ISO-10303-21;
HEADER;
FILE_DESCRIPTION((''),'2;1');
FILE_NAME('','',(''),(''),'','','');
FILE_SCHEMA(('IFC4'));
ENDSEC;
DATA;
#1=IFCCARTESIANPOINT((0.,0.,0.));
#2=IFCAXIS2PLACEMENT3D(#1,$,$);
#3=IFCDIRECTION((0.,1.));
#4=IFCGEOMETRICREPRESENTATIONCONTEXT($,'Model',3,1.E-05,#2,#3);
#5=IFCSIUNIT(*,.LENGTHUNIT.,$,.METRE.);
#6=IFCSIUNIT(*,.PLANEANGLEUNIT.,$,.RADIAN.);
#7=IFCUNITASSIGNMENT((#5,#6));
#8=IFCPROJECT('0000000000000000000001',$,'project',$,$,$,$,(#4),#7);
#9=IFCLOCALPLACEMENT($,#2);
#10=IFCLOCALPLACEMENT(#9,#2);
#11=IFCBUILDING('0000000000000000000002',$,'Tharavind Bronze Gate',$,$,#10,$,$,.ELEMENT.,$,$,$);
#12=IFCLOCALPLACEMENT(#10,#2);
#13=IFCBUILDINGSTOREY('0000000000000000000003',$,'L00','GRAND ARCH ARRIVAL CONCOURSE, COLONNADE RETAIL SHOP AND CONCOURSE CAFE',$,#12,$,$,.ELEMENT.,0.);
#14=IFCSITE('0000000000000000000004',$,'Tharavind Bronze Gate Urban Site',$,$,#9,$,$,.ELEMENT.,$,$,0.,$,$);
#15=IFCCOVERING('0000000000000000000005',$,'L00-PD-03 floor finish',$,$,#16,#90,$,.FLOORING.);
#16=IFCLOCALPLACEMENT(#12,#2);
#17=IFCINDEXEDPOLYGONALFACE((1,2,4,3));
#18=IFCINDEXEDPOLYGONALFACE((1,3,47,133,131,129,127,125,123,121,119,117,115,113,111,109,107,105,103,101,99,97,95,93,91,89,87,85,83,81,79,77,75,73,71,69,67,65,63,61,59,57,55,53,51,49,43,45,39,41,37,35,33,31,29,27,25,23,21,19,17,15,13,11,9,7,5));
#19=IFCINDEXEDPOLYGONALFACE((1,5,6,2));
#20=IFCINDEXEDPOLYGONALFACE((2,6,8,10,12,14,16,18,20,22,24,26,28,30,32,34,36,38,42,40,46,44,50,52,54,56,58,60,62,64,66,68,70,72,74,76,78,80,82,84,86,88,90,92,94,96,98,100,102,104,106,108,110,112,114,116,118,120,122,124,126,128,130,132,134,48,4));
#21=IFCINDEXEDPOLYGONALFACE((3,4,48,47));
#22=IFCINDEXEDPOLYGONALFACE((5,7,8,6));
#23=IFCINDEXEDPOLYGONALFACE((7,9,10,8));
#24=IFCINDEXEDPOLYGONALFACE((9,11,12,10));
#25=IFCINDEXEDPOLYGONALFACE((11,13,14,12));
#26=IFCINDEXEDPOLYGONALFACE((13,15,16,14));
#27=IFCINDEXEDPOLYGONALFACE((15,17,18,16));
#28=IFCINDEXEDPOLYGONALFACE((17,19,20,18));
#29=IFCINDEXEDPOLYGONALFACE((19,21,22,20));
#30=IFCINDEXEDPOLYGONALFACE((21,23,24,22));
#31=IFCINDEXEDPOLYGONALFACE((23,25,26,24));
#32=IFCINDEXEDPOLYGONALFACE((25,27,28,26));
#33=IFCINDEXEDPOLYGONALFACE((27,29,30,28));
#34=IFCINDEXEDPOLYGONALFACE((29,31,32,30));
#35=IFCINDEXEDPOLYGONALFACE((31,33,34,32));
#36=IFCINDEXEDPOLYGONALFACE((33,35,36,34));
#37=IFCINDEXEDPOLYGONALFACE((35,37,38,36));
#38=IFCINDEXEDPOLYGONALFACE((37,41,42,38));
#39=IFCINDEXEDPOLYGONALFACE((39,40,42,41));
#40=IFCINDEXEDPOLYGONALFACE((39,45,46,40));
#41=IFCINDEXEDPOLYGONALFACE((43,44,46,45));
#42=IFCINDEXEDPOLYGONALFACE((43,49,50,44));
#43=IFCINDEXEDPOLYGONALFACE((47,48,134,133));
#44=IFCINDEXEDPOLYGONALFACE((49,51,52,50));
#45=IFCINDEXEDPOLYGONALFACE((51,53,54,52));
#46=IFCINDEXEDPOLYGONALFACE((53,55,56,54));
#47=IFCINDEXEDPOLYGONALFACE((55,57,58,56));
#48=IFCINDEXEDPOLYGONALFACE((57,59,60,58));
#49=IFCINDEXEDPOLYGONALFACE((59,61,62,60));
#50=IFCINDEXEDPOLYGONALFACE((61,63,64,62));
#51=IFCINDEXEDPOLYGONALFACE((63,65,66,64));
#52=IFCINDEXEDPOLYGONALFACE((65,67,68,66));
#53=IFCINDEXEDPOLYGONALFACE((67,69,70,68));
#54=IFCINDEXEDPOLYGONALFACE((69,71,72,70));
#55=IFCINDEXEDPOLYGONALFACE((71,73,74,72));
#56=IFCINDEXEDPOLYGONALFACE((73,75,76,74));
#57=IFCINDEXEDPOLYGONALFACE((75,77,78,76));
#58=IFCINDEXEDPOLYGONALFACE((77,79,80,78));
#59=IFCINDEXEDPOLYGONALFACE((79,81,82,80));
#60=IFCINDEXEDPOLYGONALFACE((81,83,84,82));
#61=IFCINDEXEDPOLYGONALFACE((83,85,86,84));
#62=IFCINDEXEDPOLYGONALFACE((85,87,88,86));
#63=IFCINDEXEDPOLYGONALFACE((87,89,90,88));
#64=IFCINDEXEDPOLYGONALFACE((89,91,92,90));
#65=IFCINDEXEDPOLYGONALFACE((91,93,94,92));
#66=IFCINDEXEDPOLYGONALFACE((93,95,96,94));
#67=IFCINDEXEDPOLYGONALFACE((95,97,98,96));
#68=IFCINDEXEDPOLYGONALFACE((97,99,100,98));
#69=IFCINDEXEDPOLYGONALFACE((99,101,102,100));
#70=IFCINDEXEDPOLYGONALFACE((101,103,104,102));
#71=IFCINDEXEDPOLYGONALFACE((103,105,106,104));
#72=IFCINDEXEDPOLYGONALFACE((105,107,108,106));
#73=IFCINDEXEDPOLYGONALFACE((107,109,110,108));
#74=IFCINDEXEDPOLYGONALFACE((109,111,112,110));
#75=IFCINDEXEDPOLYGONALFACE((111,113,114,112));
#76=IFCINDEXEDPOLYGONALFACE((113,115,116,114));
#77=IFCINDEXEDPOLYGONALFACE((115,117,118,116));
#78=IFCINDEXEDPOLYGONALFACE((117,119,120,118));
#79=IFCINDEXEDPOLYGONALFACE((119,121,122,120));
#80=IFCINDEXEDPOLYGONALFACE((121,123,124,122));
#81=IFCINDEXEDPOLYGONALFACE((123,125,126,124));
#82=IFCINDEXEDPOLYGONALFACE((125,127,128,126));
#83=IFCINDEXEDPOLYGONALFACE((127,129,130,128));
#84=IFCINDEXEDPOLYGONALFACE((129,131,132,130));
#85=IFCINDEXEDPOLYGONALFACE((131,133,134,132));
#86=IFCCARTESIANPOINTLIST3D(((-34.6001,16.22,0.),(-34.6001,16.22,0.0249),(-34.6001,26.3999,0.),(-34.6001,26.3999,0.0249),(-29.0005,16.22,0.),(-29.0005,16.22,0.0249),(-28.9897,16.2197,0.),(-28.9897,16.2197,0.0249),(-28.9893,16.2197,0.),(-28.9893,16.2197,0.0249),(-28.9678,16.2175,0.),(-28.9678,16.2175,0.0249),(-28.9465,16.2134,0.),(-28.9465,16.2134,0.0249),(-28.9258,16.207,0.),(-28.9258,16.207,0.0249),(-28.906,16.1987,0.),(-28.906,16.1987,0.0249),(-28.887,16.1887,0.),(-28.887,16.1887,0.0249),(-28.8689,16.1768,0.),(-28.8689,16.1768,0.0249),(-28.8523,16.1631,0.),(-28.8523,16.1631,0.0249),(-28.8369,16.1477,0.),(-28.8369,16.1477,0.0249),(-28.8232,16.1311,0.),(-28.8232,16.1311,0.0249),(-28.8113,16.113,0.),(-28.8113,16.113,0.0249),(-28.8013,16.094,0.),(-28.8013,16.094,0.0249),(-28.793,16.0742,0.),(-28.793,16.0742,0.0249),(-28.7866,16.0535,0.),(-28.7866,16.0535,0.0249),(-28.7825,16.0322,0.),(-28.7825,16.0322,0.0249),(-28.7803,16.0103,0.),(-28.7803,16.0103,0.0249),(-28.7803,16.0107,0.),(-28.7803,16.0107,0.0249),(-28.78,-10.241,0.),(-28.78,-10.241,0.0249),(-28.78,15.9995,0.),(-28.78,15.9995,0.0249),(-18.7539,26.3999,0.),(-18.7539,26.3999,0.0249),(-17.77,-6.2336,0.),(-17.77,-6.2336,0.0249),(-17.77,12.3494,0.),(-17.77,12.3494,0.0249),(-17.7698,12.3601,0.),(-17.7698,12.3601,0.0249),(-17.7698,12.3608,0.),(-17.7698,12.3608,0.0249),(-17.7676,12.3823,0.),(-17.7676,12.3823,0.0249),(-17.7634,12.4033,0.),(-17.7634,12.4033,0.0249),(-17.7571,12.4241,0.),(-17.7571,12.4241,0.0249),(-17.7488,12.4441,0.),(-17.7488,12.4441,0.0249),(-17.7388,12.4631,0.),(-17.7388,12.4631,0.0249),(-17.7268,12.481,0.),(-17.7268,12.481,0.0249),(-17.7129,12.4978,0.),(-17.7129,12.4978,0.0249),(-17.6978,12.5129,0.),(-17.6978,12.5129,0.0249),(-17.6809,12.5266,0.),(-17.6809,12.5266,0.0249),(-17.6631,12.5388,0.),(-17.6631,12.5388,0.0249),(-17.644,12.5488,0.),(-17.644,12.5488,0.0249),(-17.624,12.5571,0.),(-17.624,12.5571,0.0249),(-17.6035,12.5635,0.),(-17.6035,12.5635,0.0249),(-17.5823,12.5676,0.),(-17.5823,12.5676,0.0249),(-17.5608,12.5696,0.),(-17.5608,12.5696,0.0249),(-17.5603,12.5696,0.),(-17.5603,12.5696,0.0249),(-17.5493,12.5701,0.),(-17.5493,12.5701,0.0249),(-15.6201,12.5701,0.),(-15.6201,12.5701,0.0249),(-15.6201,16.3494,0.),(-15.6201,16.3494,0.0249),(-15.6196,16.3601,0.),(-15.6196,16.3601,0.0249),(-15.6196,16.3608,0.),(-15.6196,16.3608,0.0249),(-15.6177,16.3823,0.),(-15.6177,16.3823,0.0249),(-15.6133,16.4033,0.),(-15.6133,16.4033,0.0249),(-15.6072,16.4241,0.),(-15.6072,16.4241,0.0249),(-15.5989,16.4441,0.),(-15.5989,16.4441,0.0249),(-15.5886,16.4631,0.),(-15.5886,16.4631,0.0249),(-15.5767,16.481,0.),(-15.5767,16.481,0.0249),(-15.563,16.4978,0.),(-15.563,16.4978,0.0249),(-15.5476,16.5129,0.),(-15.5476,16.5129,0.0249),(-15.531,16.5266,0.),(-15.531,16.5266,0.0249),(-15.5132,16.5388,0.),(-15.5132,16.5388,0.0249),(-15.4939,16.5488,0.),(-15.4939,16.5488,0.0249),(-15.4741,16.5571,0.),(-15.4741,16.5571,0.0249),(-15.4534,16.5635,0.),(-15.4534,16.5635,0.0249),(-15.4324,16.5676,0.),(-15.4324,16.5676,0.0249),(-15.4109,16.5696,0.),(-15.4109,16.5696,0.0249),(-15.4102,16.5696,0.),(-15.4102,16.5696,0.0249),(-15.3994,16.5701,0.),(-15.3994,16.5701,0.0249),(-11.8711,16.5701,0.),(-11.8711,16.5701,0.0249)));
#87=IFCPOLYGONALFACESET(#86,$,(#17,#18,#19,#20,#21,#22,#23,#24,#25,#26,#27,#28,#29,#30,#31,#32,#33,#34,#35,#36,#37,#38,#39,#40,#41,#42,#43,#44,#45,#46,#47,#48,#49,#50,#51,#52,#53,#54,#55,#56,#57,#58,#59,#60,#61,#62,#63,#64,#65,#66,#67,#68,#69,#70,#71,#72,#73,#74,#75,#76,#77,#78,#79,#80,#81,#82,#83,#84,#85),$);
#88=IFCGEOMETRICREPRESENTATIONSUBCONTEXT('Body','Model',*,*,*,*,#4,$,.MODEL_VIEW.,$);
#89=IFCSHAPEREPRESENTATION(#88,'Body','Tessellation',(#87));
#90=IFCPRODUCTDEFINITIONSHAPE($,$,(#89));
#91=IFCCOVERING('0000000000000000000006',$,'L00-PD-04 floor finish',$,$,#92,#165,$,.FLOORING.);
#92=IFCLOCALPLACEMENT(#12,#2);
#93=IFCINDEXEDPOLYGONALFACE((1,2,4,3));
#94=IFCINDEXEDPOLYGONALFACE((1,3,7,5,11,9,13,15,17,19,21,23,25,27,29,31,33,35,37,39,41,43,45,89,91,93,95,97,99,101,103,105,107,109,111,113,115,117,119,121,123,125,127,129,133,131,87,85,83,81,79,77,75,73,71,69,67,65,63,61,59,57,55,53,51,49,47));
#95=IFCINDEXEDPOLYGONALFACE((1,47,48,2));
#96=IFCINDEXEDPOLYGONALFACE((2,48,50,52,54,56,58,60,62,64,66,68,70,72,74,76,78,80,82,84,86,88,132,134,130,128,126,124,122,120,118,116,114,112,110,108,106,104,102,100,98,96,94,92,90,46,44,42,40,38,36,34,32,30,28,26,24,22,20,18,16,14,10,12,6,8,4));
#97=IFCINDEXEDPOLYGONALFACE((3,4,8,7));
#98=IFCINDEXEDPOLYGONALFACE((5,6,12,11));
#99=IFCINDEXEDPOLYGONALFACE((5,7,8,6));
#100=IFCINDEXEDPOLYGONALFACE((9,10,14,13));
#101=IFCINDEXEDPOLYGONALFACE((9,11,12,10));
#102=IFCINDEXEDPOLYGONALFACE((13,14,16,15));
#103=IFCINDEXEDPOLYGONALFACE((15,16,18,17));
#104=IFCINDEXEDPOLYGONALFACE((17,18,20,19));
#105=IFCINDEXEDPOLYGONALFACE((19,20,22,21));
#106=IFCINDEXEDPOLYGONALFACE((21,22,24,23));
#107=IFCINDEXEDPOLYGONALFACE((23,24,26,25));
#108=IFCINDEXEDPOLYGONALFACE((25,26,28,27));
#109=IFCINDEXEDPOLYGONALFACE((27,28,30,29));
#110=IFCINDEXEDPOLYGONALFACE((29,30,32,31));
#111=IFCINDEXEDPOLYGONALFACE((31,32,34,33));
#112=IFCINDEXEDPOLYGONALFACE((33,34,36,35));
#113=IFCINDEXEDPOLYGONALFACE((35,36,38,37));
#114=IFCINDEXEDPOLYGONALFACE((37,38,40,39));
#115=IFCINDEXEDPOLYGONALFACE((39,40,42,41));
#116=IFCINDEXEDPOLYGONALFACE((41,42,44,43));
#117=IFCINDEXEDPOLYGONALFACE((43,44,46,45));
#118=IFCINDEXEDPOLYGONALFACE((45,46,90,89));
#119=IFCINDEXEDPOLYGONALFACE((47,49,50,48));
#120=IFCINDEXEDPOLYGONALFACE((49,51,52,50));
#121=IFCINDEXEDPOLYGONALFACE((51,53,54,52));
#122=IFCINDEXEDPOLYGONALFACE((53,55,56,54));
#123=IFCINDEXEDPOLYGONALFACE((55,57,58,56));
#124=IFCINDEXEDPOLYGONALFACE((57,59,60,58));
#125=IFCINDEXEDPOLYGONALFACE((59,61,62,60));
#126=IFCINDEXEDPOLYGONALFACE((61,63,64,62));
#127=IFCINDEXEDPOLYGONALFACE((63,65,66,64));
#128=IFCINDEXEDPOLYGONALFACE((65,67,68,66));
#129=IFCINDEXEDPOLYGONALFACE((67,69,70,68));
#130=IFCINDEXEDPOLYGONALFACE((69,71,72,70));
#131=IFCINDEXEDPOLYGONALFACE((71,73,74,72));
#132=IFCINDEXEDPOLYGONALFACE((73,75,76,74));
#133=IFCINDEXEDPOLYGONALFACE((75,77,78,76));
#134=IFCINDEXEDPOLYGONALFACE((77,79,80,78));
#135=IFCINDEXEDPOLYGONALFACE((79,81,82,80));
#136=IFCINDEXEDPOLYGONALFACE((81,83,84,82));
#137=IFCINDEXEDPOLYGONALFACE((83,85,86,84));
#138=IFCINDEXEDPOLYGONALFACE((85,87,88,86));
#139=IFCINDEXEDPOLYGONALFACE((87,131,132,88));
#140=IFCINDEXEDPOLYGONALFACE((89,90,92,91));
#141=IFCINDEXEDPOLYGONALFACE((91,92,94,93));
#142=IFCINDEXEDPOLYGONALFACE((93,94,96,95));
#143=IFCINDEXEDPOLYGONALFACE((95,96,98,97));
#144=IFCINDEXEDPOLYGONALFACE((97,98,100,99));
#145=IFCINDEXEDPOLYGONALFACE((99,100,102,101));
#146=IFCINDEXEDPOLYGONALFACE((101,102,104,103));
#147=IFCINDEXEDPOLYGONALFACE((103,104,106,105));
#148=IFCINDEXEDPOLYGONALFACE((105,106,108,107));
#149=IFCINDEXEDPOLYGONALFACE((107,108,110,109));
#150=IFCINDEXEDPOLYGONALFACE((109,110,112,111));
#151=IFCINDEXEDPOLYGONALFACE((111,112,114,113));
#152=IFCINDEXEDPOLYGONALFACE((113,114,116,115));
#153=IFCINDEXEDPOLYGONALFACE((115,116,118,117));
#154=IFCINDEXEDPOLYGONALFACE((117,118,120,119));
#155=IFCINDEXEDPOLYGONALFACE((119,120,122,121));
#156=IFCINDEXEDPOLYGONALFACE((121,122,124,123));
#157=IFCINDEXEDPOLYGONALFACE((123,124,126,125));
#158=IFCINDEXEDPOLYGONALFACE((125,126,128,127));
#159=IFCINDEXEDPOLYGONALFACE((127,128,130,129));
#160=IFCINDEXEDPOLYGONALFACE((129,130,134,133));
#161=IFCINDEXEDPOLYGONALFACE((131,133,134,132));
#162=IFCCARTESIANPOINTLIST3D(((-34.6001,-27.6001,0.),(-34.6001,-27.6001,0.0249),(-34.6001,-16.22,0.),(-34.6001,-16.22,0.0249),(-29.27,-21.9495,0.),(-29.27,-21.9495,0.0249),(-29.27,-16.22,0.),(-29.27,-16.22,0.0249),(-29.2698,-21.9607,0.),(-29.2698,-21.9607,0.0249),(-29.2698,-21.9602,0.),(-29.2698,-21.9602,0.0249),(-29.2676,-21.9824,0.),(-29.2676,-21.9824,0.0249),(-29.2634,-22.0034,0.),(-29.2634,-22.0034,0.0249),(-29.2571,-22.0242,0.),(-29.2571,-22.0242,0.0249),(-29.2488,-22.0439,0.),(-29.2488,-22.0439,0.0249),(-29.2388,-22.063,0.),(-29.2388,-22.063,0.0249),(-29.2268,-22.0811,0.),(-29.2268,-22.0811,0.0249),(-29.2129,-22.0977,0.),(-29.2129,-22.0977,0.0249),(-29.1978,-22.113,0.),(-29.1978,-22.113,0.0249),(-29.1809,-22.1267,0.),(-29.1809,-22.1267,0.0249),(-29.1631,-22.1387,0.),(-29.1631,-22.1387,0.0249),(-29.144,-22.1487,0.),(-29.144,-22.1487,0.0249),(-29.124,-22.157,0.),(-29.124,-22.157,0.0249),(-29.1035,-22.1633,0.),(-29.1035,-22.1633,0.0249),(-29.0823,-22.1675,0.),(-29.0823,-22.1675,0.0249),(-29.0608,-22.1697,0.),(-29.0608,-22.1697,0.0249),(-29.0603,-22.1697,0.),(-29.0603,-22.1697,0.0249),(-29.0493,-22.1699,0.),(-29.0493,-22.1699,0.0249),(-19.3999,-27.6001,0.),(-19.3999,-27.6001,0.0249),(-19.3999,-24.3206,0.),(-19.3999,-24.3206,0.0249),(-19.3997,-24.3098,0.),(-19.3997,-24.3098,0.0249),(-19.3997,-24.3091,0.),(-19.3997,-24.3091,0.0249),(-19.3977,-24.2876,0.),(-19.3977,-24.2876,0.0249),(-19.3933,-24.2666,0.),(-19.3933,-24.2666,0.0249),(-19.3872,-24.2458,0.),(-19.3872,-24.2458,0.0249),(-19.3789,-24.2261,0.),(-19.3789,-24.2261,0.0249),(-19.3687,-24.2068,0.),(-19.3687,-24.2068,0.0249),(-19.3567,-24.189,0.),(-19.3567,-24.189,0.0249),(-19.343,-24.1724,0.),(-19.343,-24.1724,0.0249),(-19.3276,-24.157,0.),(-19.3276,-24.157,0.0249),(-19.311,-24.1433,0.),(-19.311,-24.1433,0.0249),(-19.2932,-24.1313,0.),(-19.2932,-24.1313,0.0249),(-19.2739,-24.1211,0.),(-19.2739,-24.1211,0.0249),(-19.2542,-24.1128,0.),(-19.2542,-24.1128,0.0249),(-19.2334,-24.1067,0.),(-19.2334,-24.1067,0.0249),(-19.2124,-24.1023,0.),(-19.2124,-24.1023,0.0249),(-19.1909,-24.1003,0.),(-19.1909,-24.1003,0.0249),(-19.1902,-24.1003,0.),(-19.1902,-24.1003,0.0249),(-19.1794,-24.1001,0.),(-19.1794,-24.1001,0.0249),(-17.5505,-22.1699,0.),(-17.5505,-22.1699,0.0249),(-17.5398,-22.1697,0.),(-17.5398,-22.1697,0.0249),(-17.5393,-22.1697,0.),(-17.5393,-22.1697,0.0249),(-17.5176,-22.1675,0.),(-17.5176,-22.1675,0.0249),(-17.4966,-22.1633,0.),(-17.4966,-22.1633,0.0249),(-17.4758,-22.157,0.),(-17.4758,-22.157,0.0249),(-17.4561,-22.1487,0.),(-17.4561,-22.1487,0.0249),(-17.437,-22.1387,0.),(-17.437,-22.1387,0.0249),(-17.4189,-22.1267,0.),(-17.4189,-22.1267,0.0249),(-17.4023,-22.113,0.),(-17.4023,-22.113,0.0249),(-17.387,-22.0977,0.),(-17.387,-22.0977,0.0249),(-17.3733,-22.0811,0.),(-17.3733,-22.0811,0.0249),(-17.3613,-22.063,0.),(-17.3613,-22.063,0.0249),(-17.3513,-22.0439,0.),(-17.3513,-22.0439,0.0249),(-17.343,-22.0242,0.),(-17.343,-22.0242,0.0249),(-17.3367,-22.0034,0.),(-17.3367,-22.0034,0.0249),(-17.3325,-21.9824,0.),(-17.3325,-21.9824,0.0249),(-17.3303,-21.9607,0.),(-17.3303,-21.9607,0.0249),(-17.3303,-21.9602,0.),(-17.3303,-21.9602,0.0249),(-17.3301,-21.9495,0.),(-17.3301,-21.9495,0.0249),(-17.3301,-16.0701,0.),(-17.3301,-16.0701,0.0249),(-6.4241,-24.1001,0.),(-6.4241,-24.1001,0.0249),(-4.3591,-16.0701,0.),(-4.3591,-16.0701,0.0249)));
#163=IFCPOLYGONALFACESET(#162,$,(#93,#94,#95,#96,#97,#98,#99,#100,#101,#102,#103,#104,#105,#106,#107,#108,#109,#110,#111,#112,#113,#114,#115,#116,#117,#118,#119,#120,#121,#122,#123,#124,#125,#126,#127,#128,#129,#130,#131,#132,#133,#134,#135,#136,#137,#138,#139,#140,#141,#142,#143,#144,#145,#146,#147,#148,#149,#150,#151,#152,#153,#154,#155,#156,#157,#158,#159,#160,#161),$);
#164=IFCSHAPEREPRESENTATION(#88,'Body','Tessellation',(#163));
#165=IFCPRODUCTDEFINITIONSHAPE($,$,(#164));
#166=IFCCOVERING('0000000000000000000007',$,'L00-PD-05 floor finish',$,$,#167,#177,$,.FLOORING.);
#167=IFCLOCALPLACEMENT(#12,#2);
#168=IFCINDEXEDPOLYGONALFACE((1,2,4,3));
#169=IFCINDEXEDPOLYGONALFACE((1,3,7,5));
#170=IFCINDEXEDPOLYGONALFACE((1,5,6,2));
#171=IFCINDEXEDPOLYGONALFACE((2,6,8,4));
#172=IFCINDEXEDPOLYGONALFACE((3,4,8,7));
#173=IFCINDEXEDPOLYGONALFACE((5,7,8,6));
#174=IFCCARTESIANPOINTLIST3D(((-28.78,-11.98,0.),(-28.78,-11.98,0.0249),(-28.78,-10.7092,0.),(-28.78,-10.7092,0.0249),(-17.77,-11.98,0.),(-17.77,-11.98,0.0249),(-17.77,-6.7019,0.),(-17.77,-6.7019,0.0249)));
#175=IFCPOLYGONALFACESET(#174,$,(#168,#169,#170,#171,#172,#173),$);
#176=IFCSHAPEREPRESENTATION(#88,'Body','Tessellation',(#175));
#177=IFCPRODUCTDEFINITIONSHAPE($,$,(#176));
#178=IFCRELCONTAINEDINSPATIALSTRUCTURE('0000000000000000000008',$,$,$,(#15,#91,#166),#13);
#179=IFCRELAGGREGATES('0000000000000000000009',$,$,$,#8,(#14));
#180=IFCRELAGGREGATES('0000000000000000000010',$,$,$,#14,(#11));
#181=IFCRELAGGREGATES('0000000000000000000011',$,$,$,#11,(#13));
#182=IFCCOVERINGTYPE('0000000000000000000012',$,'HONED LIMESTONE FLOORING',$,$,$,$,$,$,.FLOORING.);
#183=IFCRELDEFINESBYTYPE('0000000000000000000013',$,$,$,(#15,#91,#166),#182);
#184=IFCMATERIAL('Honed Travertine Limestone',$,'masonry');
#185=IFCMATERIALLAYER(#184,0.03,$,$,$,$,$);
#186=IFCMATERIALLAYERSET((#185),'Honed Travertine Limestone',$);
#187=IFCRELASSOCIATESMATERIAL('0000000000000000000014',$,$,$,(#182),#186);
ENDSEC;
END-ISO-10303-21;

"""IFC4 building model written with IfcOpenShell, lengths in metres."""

from ifc_helpers import new_model, si_unit, direction, origin, place, context, subcontext, project, spatial, polyline, outline, extrude, material, layer, layer_set, type_object, element, save


model = new_model("IFC4")

# Units and contexts
model_context = context("Model", 3, precision=1e-05, world=origin(), true_north=direction((0.0, 1.0)))
body_context = subcontext(model_context, "Body", "Model", "MODEL_VIEW")
ifc_project = project(units=[si_unit("LENGTHUNIT", "METRE"), si_unit("PLANEANGLEUNIT", "RADIAN")], contexts=[model_context])

# Site, building, storey
site_placement = place(None, origin())
site = spatial("IfcSite", under=ifc_project, at=site_placement, Name="Tharavind Bronze Gate Urban Site", CompositionType="ELEMENT", RefElevation=0.0)
building_placement = place(site_placement, origin())
building = spatial("IfcBuilding", under=site, at=building_placement, Name="Tharavind Bronze Gate", CompositionType="ELEMENT")
storey_placement = place(building_placement, origin())
storey = spatial("IfcBuildingStorey", under=building, at=storey_placement, Name="L00", Description="GRAND ARCH ARRIVAL CONCOURSE, COLONNADE RETAIL SHOP AND CONCOURSE CAFE", CompositionType="ELEMENT", Elevation=0.0)

# Coverings
ifc_material_1 = material(Name="Honed Travertine Limestone", Category="masonry")
ifc_layer_1 = layer(ifc_material_1, 0.03)
ifc_layer_set_1 = layer_set([ifc_layer_1], Name="Honed Travertine Limestone")
covering_type_1 = type_object("IfcCoveringType", Name="HONED LIMESTONE FLOORING", PredefinedType="FLOORING", material=ifc_layer_set_1)
covering_1_placement = place(storey_placement, origin())
element("IfcCovering", 1, at=covering_1_placement, inside=storey, type_object=covering_type_1, Name="L00-PD-03 floor finish", PredefinedType="FLOORING", context=body_context, shape_type="SweptSolid", body=[
    extrude(outline(polyline([(-34.6001, 16.22), (-29.0005, 16.22), (-28.9897, 16.2197), (-28.9893, 16.2197), (-28.9678, 16.2175), (-28.9465, 16.2134), (-28.9258, 16.207), (-28.906, 16.1987), (-28.887, 16.1887), (-28.8689, 16.1768), (-28.8523, 16.1631), (-28.8369, 16.1477), (-28.8232, 16.1311), (-28.8113, 16.113), (-28.8013, 16.094), (-28.793, 16.0742), (-28.7866, 16.0535), (-28.7825, 16.0322), (-28.7803, 16.0107), (-28.7803, 16.0103), (-28.78, 15.9995), (-28.78, -10.241), (-17.77, -6.2336), (-17.77, 12.3494), (-17.7698, 12.3601), (-17.7698, 12.3608), (-17.7676, 12.3823), (-17.7634, 12.4033), (-17.7571, 12.4241), (-17.7488, 12.4441), (-17.7388, 12.4631), (-17.7268, 12.481), (-17.7129, 12.4978), (-17.6978, 12.5129), (-17.6809, 12.5266), (-17.6631, 12.5388), (-17.644, 12.5488), (-17.624, 12.5571), (-17.6035, 12.5635), (-17.5823, 12.5676), (-17.5608, 12.5696), (-17.5603, 12.5696), (-17.5493, 12.5701), (-15.6201, 12.5701), (-15.6201, 16.3494), (-15.6196, 16.3601), (-15.6196, 16.3608), (-15.6177, 16.3823), (-15.6133, 16.4033), (-15.6072, 16.4241), (-15.5989, 16.4441), (-15.5886, 16.4631), (-15.5767, 16.481), (-15.563, 16.4978), (-15.5476, 16.5129), (-15.531, 16.5266), (-15.5132, 16.5388), (-15.4939, 16.5488), (-15.4741, 16.5571), (-15.4534, 16.5635), (-15.4324, 16.5676), (-15.4109, 16.5696), (-15.4102, 16.5696), (-15.3994, 16.5701), (-11.8711, 16.5701), (-18.7539, 26.3999), (-34.6001, 26.3999), (-34.6001, 16.22)])), origin(), (0.0, 0.0, 1.0), 0.0249),
])
covering_2_placement = place(storey_placement, origin())
element("IfcCovering", 2, at=covering_2_placement, inside=storey, type_object=covering_type_1, Name="L00-PD-04 floor finish", PredefinedType="FLOORING", context=body_context, shape_type="SweptSolid", body=[
    extrude(outline(polyline([(-19.3999, -27.6001), (-19.3999, -24.3206), (-19.3997, -24.3098), (-19.3997, -24.3091), (-19.3977, -24.2876), (-19.3933, -24.2666), (-19.3872, -24.2458), (-19.3789, -24.2261), (-19.3687, -24.2068), (-19.3567, -24.189), (-19.343, -24.1724), (-19.3276, -24.157), (-19.311, -24.1433), (-19.2932, -24.1313), (-19.2739, -24.1211), (-19.2542, -24.1128), (-19.2334, -24.1067), (-19.2124, -24.1023), (-19.1909, -24.1003), (-19.1902, -24.1003), (-19.1794, -24.1001), (-6.4241, -24.1001), (-4.3591, -16.0701), (-17.3301, -16.0701), (-17.3301, -21.9495), (-17.3303, -21.9602), (-17.3303, -21.9607), (-17.3325, -21.9824), (-17.3367, -22.0034), (-17.343, -22.0242), (-17.3513, -22.0439), (-17.3613, -22.063), (-17.3733, -22.0811), (-17.387, -22.0977), (-17.4023, -22.113), (-17.4189, -22.1267), (-17.437, -22.1387), (-17.4561, -22.1487), (-17.4758, -22.157), (-17.4966, -22.1633), (-17.5176, -22.1675), (-17.5393, -22.1697), (-17.5398, -22.1697), (-17.5505, -22.1699), (-29.0493, -22.1699), (-29.0603, -22.1697), (-29.0608, -22.1697), (-29.0823, -22.1675), (-29.1035, -22.1633), (-29.124, -22.157), (-29.144, -22.1487), (-29.1631, -22.1387), (-29.1809, -22.1267), (-29.1978, -22.113), (-29.2129, -22.0977), (-29.2268, -22.0811), (-29.2388, -22.063), (-29.2488, -22.0439), (-29.2571, -22.0242), (-29.2634, -22.0034), (-29.2676, -21.9824), (-29.2698, -21.9607), (-29.2698, -21.9602), (-29.27, -21.9495), (-29.27, -16.22), (-34.6001, -16.22), (-34.6001, -27.6001), (-19.3999, -27.6001)])), origin(), (0.0, 0.0, 1.0), 0.0249),
])
covering_3_placement = place(storey_placement, origin())
element("IfcCovering", 3, at=covering_3_placement, inside=storey, type_object=covering_type_1, Name="L00-PD-05 floor finish", PredefinedType="FLOORING", context=body_context, shape_type="SweptSolid", body=[
    extrude(outline(polyline([(-17.77, -11.98), (-17.77, -6.7019), (-28.78, -10.7092), (-28.78, -11.98), (-17.77, -11.98)])), origin(), (0.0, 0.0, 1.0), 0.0249),
])

save(model, "model.ifc")
